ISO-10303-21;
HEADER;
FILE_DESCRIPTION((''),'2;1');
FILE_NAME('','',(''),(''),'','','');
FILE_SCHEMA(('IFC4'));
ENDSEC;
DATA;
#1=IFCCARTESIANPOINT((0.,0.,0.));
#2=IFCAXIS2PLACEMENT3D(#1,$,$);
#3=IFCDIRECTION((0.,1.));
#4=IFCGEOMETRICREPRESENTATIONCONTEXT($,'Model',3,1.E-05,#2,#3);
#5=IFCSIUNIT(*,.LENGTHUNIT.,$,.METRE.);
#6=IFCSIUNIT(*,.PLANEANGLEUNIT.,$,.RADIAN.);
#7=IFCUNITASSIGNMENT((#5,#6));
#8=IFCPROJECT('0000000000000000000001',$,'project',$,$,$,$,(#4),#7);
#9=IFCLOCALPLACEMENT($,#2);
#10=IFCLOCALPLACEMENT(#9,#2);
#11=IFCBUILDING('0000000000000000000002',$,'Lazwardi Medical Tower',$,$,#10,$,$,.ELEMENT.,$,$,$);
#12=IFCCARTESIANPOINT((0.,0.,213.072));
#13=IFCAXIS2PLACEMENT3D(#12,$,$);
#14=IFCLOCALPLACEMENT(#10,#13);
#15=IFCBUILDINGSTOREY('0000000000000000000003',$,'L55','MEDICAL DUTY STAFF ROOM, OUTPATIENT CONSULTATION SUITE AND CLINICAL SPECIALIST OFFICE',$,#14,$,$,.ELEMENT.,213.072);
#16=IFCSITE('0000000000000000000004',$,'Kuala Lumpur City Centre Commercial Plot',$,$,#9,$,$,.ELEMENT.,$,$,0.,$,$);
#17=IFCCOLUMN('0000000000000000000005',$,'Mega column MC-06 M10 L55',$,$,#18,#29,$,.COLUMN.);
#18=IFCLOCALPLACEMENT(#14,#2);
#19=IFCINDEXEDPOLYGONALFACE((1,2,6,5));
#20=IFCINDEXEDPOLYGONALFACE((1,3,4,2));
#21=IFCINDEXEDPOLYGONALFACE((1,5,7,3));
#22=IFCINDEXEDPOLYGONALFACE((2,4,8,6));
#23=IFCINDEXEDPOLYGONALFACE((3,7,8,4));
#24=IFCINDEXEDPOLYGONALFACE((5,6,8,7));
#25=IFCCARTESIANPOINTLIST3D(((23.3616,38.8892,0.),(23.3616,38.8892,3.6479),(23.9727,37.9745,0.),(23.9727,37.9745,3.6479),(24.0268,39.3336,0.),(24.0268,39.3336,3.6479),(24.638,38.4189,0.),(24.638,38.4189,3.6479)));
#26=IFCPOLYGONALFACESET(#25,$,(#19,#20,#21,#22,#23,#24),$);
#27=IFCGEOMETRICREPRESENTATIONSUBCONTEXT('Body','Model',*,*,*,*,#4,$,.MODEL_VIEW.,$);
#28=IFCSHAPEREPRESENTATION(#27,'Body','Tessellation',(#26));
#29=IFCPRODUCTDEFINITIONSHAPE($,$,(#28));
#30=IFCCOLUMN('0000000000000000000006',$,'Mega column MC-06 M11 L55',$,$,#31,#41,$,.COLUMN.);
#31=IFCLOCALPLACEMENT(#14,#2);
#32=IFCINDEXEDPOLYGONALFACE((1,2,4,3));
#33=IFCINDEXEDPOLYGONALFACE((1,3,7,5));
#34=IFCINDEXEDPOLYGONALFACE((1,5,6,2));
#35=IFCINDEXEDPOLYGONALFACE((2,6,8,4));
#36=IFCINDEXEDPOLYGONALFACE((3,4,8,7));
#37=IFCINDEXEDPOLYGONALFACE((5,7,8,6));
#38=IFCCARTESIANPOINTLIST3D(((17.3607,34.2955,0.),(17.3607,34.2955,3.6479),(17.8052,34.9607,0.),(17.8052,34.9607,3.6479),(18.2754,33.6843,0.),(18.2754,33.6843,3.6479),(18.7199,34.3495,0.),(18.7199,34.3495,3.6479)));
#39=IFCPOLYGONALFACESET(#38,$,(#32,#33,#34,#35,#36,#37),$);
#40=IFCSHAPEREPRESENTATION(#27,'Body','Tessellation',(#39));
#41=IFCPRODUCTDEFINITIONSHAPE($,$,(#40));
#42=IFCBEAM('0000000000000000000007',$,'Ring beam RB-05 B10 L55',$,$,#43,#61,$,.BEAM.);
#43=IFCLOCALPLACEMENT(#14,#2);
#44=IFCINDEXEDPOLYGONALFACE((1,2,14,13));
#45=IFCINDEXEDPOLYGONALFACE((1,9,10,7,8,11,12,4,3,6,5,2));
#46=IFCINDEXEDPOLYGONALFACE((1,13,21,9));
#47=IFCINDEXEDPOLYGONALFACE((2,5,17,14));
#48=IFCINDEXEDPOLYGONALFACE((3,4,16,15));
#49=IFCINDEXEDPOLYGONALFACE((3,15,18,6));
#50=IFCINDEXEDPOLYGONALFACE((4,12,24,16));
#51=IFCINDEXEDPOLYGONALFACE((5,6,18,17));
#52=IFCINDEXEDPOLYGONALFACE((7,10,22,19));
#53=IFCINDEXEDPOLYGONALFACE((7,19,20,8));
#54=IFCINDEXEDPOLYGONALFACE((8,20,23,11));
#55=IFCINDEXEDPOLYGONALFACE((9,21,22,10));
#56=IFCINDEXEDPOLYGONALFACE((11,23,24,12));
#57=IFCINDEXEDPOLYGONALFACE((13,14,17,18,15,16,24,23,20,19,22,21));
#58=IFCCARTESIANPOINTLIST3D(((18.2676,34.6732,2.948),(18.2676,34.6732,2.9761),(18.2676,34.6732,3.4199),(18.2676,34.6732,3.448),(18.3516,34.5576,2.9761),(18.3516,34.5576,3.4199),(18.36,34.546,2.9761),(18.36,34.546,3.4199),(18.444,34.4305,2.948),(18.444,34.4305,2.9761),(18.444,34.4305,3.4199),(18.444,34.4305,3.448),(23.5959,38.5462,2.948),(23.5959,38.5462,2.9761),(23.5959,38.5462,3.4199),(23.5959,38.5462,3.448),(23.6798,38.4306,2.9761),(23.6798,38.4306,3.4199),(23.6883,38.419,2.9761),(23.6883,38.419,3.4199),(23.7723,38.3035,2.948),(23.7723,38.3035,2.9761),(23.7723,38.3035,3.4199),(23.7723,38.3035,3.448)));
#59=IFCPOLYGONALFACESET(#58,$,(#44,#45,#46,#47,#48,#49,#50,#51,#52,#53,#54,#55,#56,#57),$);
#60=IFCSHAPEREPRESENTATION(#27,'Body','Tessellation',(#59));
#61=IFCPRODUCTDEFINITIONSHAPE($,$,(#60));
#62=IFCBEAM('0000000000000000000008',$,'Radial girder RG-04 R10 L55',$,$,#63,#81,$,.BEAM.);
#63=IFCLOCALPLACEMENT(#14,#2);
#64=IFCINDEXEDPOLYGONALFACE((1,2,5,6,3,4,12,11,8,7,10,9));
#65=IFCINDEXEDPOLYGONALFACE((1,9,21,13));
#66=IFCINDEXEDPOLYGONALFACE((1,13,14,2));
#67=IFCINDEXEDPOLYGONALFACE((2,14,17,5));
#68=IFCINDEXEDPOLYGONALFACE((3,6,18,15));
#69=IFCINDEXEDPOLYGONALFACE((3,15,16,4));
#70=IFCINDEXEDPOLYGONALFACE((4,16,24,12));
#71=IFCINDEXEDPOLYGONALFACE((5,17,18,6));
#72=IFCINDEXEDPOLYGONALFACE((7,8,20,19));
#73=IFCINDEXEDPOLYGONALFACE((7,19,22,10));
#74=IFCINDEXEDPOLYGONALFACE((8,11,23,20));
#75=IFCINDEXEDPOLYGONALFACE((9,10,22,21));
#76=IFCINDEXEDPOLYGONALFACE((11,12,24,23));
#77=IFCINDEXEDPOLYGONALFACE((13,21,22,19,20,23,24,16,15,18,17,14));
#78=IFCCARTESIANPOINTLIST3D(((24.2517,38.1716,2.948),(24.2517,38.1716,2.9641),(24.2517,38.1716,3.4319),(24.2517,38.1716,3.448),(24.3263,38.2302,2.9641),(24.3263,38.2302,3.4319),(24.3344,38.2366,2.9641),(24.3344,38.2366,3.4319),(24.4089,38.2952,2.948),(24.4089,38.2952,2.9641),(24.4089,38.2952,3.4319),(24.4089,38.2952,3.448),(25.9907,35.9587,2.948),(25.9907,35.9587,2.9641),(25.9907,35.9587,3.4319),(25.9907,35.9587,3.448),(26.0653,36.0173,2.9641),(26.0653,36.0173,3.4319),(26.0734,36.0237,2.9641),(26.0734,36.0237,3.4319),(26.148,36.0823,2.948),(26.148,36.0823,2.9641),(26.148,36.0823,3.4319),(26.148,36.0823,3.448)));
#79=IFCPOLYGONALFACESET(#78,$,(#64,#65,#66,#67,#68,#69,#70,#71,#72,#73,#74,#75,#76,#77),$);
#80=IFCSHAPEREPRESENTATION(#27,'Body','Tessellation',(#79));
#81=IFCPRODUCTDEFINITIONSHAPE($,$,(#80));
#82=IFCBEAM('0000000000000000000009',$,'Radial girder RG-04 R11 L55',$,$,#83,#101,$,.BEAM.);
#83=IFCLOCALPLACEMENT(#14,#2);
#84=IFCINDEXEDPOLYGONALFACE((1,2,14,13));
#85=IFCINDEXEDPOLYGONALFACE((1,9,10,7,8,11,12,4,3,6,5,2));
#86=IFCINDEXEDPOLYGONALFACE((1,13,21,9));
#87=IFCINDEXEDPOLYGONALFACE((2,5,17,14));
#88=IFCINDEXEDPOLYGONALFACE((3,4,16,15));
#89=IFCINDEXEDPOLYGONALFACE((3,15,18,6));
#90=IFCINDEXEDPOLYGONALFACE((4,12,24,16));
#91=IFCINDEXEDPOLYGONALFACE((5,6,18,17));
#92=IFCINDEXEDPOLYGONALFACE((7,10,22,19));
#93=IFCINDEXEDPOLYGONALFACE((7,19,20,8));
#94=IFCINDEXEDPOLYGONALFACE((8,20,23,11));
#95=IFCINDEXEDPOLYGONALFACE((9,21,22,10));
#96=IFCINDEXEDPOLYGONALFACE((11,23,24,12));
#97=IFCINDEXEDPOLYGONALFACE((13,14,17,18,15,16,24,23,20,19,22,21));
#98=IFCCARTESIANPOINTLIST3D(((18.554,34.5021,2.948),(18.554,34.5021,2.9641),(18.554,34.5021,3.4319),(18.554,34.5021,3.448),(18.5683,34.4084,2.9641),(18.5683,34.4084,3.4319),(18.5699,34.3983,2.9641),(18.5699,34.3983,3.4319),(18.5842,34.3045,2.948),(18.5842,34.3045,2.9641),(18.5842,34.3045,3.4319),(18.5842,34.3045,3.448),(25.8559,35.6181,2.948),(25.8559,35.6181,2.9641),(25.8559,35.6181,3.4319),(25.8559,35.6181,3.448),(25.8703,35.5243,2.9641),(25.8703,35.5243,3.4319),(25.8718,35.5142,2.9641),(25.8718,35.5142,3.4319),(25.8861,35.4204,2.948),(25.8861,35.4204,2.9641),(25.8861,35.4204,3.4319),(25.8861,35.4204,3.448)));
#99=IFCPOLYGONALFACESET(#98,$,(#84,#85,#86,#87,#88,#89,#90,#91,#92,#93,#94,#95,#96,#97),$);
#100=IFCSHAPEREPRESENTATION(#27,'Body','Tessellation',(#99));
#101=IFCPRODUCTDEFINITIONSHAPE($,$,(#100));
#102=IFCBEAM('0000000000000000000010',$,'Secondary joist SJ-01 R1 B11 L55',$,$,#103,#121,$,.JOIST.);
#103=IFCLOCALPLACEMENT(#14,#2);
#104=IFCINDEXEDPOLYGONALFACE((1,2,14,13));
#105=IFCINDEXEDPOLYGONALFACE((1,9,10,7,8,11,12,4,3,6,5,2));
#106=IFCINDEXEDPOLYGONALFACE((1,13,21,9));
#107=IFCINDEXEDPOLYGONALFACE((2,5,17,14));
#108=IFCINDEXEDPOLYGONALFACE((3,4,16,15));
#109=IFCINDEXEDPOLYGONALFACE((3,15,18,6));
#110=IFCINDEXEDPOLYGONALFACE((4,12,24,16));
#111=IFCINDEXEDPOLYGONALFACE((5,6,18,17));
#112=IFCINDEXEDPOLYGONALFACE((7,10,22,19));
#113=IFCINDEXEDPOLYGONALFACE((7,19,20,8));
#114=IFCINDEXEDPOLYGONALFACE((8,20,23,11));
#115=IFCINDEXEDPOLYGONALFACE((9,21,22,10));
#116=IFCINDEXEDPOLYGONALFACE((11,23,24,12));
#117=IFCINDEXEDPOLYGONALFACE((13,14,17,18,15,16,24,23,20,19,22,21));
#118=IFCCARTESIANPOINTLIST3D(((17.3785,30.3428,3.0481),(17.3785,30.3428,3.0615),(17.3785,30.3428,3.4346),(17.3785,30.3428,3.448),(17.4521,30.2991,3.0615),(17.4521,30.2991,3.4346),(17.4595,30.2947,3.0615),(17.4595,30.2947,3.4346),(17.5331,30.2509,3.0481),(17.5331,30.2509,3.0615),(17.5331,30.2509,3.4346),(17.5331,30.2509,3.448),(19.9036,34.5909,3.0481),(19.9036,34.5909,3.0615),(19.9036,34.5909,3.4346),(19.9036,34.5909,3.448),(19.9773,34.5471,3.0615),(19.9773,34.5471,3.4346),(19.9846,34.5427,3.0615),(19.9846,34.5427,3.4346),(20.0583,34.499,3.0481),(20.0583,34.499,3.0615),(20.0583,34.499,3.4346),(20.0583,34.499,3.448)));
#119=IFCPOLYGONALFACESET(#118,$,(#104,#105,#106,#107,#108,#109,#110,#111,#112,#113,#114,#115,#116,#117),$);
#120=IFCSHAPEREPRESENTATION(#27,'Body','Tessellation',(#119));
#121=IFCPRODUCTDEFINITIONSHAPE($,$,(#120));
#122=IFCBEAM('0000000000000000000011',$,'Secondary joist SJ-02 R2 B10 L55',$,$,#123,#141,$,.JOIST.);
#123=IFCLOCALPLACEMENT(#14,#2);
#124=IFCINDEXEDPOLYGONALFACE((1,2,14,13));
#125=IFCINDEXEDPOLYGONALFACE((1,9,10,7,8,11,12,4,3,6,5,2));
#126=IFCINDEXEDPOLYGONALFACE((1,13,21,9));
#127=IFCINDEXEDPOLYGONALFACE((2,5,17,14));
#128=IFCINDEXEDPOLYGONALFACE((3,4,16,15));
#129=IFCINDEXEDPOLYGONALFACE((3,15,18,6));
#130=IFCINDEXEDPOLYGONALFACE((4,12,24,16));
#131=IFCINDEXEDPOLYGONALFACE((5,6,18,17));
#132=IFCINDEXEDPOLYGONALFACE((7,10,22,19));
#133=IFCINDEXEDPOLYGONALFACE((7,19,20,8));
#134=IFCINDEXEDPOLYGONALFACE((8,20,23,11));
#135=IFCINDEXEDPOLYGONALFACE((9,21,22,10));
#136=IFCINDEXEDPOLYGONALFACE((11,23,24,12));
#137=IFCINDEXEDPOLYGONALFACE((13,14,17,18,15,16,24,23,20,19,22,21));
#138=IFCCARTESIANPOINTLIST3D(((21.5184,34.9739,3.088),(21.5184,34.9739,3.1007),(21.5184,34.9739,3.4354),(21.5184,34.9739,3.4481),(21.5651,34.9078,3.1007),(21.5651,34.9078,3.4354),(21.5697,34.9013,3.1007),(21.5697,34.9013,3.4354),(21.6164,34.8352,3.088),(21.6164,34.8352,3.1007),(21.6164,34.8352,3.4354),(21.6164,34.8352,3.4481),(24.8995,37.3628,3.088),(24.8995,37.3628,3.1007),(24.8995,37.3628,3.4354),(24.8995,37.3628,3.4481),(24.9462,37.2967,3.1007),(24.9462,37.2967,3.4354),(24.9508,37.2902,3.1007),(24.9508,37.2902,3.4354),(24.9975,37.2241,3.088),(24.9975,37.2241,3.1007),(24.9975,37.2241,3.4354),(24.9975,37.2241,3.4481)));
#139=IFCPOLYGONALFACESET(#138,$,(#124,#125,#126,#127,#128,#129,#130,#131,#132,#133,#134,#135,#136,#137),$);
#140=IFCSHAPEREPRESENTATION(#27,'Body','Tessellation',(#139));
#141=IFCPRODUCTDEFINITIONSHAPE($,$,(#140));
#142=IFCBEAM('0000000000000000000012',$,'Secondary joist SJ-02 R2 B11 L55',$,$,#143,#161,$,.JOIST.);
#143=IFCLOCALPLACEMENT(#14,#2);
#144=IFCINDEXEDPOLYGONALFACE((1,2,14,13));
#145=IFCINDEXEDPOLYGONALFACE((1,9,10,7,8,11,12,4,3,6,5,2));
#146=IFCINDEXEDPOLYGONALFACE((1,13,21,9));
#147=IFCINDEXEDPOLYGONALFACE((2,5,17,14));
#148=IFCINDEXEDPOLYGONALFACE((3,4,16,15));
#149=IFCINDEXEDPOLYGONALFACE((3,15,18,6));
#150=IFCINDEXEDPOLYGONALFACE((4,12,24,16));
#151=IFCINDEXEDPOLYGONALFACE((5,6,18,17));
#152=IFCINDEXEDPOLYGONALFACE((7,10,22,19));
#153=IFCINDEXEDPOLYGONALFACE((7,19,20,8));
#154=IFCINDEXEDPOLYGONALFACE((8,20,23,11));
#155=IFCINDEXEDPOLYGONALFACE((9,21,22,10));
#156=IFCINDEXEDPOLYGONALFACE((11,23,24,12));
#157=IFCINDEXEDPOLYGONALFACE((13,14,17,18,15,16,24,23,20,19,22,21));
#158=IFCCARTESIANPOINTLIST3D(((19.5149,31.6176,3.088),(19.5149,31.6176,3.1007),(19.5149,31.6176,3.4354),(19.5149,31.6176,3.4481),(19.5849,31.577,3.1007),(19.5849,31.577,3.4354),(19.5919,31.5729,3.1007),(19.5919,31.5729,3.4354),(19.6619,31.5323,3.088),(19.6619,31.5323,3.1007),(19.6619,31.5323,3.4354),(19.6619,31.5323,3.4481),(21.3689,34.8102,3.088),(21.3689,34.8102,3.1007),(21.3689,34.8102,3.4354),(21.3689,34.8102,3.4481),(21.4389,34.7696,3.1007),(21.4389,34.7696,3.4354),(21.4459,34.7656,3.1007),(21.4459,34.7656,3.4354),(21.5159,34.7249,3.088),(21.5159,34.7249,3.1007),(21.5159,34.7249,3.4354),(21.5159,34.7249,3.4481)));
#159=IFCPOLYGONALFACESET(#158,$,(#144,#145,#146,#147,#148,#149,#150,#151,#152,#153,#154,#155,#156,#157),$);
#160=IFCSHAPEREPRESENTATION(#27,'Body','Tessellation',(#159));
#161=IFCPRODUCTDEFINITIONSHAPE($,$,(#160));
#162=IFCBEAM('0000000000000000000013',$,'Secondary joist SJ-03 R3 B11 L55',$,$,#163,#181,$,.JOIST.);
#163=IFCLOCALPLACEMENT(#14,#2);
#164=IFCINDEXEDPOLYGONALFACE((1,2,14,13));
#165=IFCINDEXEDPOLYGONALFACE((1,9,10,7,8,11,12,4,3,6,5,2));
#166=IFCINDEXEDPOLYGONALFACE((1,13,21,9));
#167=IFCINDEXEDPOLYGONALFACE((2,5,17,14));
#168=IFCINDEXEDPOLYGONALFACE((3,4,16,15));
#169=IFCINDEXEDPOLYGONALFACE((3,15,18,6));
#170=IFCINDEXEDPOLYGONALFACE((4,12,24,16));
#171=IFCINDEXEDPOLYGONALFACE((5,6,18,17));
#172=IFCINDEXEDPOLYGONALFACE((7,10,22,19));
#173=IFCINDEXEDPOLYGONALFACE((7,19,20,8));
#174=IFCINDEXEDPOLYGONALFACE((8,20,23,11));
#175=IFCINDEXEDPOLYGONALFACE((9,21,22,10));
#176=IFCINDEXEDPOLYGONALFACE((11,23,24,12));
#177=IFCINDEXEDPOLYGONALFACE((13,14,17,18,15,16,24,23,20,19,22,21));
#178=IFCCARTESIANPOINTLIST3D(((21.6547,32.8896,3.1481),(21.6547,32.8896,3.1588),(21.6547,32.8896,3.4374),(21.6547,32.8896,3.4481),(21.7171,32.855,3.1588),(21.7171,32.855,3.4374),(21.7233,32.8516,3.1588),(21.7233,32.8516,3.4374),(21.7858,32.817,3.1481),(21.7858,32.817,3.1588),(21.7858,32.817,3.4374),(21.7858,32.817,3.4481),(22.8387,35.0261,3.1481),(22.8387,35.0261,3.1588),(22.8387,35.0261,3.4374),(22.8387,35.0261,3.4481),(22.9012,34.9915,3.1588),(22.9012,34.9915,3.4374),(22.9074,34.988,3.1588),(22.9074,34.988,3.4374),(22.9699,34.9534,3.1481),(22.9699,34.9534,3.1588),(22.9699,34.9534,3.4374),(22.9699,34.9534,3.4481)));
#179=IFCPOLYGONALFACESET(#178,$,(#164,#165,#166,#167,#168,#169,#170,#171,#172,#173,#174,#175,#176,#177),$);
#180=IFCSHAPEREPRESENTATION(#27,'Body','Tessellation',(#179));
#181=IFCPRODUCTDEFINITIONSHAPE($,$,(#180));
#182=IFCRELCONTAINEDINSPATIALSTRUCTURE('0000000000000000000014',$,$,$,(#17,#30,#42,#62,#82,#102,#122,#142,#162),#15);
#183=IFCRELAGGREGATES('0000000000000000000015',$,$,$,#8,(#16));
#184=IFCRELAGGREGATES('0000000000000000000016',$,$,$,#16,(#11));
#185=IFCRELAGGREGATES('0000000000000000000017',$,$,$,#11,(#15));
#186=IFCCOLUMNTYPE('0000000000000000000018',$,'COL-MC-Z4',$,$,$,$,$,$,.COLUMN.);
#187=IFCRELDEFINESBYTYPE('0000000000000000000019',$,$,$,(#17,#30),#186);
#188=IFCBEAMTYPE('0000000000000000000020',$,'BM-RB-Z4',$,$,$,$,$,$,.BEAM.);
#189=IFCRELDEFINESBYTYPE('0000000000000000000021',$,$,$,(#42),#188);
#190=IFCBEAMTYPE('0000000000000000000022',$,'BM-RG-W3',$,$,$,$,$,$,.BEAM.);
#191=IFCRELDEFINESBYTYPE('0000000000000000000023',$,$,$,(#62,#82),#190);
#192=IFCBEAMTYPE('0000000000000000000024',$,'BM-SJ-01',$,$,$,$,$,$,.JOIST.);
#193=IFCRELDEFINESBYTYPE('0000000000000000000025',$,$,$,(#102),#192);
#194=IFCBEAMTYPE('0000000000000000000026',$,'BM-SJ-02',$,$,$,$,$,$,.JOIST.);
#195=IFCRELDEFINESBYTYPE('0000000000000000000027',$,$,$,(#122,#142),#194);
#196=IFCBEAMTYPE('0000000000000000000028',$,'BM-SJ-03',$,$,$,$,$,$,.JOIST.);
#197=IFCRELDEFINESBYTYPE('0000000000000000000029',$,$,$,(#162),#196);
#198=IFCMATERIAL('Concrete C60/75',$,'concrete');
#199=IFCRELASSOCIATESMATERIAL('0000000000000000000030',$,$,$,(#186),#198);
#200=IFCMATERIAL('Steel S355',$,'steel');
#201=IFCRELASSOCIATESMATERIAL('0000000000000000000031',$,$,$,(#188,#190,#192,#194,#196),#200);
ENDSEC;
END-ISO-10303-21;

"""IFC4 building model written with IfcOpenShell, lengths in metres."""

from ifc_helpers import new_model, si_unit, direction, frame, origin, origin_2d, place, context, subcontext, project, spatial, rectangle, i_section, extrude, material, material_profile, profile_set, type_object, element, save


model = new_model("IFC4")

# Units and contexts
model_context = context("Model", 3, precision=1e-05, world=origin(), true_north=direction((0.0, 1.0)))
body_context = subcontext(model_context, "Body", "Model", "MODEL_VIEW")
ifc_project = project(units=[si_unit("LENGTHUNIT", "METRE"), si_unit("PLANEANGLEUNIT", "RADIAN")], contexts=[model_context])

# Site, building, storey
site_placement = place(None, origin())
site = spatial("IfcSite", under=ifc_project, at=site_placement, Name="Kuala Lumpur City Centre Commercial Plot", CompositionType="ELEMENT", RefElevation=0.0)
building_placement = place(site_placement, origin())
building = spatial("IfcBuilding", under=site, at=building_placement, Name="Lazwardi Medical Tower", CompositionType="ELEMENT")
storey_placement = place(building_placement, frame((0.0, 0.0, 213.072)))
storey = spatial("IfcBuildingStorey", under=building, at=storey_placement, Name="L55", Description="MEDICAL DUTY STAFF ROOM, OUTPATIENT CONSULTATION SUITE AND CLINICAL SPECIALIST OFFICE", CompositionType="ELEMENT", Elevation=213.072)

# Columns
ifc_material_1 = material(Name="Concrete C60/75", Category="concrete")
ifc_material_profile_1 = material_profile(ifc_material_1, rectangle(XDim=1.1001, YDim=0.8, at=origin_2d()), Name="CFT-RECT 1100x800")
ifc_profile_set_1 = profile_set([ifc_material_profile_1], Name="Concrete C60/75")
column_type = type_object("IfcColumnType", Name="COL-MC-Z4", PredefinedType="COLUMN", material=ifc_profile_set_1)
for number, where, z_axis, x_axis, name in (
    (1, (23.9998, 38.6541, 0.0), (0.0, 0.0, 1.0), (-0.55557, 0.83147, 0.0), "Mega column MC-06 M10 L55"),
    (2, (18.0403, 34.3225, 0.0), (0.0, 0.0, 1.0), (-0.83147, 0.55557, 0.0), "Mega column MC-06 M11 L55"),
):
    element("IfcColumn", number, at=place(storey_placement, frame(where, z_axis=z_axis, x_axis=x_axis)), inside=storey, type_object=column_type, Name=name, PredefinedType="COLUMN", context=body_context, shape_type="SweptSolid", body=[
        extrude(rectangle(XDim=1.1001, YDim=0.8, at=origin_2d()), origin(), (0.0, 0.0, 1.0), 3.6479),
    ])

# Beams
ifc_material_2 = material(Name="Steel S355", Category="steel")
ifc_material_profile_2 = material_profile(ifc_material_2, i_section(OverallWidth=0.3, OverallDepth=0.5, WebThickness=0.0144, FlangeThickness=0.0281, at=origin_2d()), Name="HEB 500")
ifc_profile_set_2 = profile_set([ifc_material_profile_2], Name="Steel S355")
beam_type_1 = type_object("IfcBeamType", Name="BM-RB-Z4", PredefinedType="BEAM", material=ifc_profile_set_2)
beam_1_placement = place(storey_placement, frame((23.6841, 38.4248, 3.198), z_axis=(-0.80889, -0.58796, 0.0), x_axis=(0.58796, -0.80889, 0.0)))
element("IfcBeam", 3, at=beam_1_placement, inside=storey, type_object=beam_type_1, Name="Ring beam RB-05 B10 L55", PredefinedType="BEAM", context=body_context, shape_type="SweptSolid", body=[
    extrude(i_section(OverallWidth=0.3, OverallDepth=0.5, WebThickness=0.0144, FlangeThickness=0.0281, at=origin_2d()), origin(), (0.0, 0.0, 1.0), 6.5872),
])
ifc_material_profile_3 = material_profile(ifc_material_2, i_section(OverallWidth=0.2, OverallDepth=0.5, WebThickness=0.0103, FlangeThickness=0.0161, at=origin_2d()), Name="IPE 500")
ifc_profile_set_3 = profile_set([ifc_material_profile_3], Name="Steel S355")
beam_type_2 = type_object("IfcBeamType", Name="BM-RG-W3", PredefinedType="BEAM", material=ifc_profile_set_3)
beam_2_placement = place(storey_placement, frame((24.3303, 38.2334, 3.198), z_axis=(0.617891, -0.786264, 0.0), x_axis=(0.786264, 0.617891, 0.0)))
element("IfcBeam", 4, at=beam_2_placement, inside=storey, type_object=beam_type_2, Name="Radial girder RG-04 R10 L55", PredefinedType="BEAM", context=body_context, shape_type="SweptSolid", body=[
    extrude(i_section(OverallWidth=0.2, OverallDepth=0.5, WebThickness=0.0103, FlangeThickness=0.0161, at=origin_2d()), origin(), (0.0, 0.0, 1.0), 2.8145),
])
beam_3_placement = place(storey_placement, frame((18.5691, 34.4033, 3.198), z_axis=(0.988522, 0.151076, 0.0), x_axis=(-0.151076, 0.988522, 0.0)))
element("IfcBeam", 5, at=beam_3_placement, inside=storey, type_object=beam_type_2, Name="Radial girder RG-04 R11 L55", PredefinedType="BEAM", context=body_context, shape_type="SweptSolid", body=[
    extrude(i_section(OverallWidth=0.2, OverallDepth=0.5, WebThickness=0.0103, FlangeThickness=0.0161, at=origin_2d()), origin(), (0.0, 0.0, 1.0), 7.3867),
])
ifc_material_profile_4 = material_profile(ifc_material_2, i_section(OverallWidth=0.1799, OverallDepth=0.3999, WebThickness=0.0085, FlangeThickness=0.0134, at=origin_2d()), Name="IPE 400")
ifc_profile_set_4 = profile_set([ifc_material_profile_4], Name="Steel S355")
beam_type_3 = type_object("IfcBeamType", Name="BM-SJ-01", PredefinedType="JOIST", material=ifc_profile_set_4)
beam_4_placement = place(storey_placement, frame((19.981, 34.5449, 3.248), z_axis=(-0.510968, -0.8596, 0.0), x_axis=(0.8596, -0.510968, 0.0)))
element("IfcBeam", 6, at=beam_4_placement, inside=storey, type_object=beam_type_3, Name="Secondary joist SJ-01 R1 B11 L55", PredefinedType="JOIST", context=body_context, shape_type="SweptSolid", body=[
    extrude(i_section(OverallWidth=0.1799, OverallDepth=0.3999, WebThickness=0.0085, FlangeThickness=0.0134, at=origin_2d()), origin(), (0.0, 0.0, 1.0), 4.9419),
])
ifc_material_profile_5 = material_profile(ifc_material_2, i_section(OverallWidth=0.1699, OverallDepth=0.3601, WebThickness=0.0081, FlangeThickness=0.0127, at=origin_2d()), Name="IPE 360")
ifc_profile_set_5 = profile_set([ifc_material_profile_5], Name="Steel S355")
beam_type_4 = type_object("IfcBeamType", Name="BM-SJ-02", PredefinedType="JOIST", material=ifc_profile_set_5)
beam_5_placement = place(storey_placement, frame((24.9485, 37.2935, 3.2681), z_axis=(-0.816711, -0.577047, 0.0), x_axis=(0.577047, -0.816711, 0.0)))
element("IfcBeam", 7, at=beam_5_placement, inside=storey, type_object=beam_type_4, Name="Secondary joist SJ-02 R2 B10 L55", PredefinedType="JOIST", context=body_context, shape_type="SweptSolid", body=[
    extrude(i_section(OverallWidth=0.1699, OverallDepth=0.3601, WebThickness=0.0081, FlangeThickness=0.0127, at=origin_2d()), origin(), (0.0, 0.0, 1.0), 4.1399),
])
beam_6_placement = place(storey_placement, frame((21.4424, 34.7676, 3.2681), z_axis=(-0.50218, -0.864763, 0.0), x_axis=(0.864763, -0.50218, 0.0)))
element("IfcBeam", 8, at=beam_6_placement, inside=storey, type_object=beam_type_4, Name="Secondary joist SJ-02 R2 B11 L55", PredefinedType="JOIST", context=body_context, shape_type="SweptSolid", body=[
    extrude(i_section(OverallWidth=0.1699, OverallDepth=0.3601, WebThickness=0.0081, FlangeThickness=0.0127, at=origin_2d()), origin(), (0.0, 0.0, 1.0), 3.6919),
])
ifc_material_profile_6 = material_profile(ifc_material_2, i_section(OverallWidth=0.1499, OverallDepth=0.3, WebThickness=0.0071, FlangeThickness=0.0107, at=origin_2d()), Name="IPE 300")
ifc_profile_set_6 = profile_set([ifc_material_profile_6], Name="Steel S355")
beam_type_5 = type_object("IfcBeamType", Name="BM-SJ-03", PredefinedType="JOIST", material=ifc_profile_set_6)
beam_7_placement = place(storey_placement, frame((22.9043, 34.9897, 3.2981), z_axis=(-0.484752, -0.874652, 0.0), x_axis=(0.874652, -0.484752, 0.0)))
element("IfcBeam", 9, at=beam_7_placement, inside=storey, type_object=beam_type_5, Name="Secondary joist SJ-03 R3 B11 L55", PredefinedType="JOIST", context=body_context, shape_type="SweptSolid", body=[
    extrude(i_section(OverallWidth=0.1499, OverallDepth=0.3, WebThickness=0.0071, FlangeThickness=0.0107, at=origin_2d()), origin(), (0.0, 0.0, 1.0), 2.4426),
])

save(model, "model.ifc")
